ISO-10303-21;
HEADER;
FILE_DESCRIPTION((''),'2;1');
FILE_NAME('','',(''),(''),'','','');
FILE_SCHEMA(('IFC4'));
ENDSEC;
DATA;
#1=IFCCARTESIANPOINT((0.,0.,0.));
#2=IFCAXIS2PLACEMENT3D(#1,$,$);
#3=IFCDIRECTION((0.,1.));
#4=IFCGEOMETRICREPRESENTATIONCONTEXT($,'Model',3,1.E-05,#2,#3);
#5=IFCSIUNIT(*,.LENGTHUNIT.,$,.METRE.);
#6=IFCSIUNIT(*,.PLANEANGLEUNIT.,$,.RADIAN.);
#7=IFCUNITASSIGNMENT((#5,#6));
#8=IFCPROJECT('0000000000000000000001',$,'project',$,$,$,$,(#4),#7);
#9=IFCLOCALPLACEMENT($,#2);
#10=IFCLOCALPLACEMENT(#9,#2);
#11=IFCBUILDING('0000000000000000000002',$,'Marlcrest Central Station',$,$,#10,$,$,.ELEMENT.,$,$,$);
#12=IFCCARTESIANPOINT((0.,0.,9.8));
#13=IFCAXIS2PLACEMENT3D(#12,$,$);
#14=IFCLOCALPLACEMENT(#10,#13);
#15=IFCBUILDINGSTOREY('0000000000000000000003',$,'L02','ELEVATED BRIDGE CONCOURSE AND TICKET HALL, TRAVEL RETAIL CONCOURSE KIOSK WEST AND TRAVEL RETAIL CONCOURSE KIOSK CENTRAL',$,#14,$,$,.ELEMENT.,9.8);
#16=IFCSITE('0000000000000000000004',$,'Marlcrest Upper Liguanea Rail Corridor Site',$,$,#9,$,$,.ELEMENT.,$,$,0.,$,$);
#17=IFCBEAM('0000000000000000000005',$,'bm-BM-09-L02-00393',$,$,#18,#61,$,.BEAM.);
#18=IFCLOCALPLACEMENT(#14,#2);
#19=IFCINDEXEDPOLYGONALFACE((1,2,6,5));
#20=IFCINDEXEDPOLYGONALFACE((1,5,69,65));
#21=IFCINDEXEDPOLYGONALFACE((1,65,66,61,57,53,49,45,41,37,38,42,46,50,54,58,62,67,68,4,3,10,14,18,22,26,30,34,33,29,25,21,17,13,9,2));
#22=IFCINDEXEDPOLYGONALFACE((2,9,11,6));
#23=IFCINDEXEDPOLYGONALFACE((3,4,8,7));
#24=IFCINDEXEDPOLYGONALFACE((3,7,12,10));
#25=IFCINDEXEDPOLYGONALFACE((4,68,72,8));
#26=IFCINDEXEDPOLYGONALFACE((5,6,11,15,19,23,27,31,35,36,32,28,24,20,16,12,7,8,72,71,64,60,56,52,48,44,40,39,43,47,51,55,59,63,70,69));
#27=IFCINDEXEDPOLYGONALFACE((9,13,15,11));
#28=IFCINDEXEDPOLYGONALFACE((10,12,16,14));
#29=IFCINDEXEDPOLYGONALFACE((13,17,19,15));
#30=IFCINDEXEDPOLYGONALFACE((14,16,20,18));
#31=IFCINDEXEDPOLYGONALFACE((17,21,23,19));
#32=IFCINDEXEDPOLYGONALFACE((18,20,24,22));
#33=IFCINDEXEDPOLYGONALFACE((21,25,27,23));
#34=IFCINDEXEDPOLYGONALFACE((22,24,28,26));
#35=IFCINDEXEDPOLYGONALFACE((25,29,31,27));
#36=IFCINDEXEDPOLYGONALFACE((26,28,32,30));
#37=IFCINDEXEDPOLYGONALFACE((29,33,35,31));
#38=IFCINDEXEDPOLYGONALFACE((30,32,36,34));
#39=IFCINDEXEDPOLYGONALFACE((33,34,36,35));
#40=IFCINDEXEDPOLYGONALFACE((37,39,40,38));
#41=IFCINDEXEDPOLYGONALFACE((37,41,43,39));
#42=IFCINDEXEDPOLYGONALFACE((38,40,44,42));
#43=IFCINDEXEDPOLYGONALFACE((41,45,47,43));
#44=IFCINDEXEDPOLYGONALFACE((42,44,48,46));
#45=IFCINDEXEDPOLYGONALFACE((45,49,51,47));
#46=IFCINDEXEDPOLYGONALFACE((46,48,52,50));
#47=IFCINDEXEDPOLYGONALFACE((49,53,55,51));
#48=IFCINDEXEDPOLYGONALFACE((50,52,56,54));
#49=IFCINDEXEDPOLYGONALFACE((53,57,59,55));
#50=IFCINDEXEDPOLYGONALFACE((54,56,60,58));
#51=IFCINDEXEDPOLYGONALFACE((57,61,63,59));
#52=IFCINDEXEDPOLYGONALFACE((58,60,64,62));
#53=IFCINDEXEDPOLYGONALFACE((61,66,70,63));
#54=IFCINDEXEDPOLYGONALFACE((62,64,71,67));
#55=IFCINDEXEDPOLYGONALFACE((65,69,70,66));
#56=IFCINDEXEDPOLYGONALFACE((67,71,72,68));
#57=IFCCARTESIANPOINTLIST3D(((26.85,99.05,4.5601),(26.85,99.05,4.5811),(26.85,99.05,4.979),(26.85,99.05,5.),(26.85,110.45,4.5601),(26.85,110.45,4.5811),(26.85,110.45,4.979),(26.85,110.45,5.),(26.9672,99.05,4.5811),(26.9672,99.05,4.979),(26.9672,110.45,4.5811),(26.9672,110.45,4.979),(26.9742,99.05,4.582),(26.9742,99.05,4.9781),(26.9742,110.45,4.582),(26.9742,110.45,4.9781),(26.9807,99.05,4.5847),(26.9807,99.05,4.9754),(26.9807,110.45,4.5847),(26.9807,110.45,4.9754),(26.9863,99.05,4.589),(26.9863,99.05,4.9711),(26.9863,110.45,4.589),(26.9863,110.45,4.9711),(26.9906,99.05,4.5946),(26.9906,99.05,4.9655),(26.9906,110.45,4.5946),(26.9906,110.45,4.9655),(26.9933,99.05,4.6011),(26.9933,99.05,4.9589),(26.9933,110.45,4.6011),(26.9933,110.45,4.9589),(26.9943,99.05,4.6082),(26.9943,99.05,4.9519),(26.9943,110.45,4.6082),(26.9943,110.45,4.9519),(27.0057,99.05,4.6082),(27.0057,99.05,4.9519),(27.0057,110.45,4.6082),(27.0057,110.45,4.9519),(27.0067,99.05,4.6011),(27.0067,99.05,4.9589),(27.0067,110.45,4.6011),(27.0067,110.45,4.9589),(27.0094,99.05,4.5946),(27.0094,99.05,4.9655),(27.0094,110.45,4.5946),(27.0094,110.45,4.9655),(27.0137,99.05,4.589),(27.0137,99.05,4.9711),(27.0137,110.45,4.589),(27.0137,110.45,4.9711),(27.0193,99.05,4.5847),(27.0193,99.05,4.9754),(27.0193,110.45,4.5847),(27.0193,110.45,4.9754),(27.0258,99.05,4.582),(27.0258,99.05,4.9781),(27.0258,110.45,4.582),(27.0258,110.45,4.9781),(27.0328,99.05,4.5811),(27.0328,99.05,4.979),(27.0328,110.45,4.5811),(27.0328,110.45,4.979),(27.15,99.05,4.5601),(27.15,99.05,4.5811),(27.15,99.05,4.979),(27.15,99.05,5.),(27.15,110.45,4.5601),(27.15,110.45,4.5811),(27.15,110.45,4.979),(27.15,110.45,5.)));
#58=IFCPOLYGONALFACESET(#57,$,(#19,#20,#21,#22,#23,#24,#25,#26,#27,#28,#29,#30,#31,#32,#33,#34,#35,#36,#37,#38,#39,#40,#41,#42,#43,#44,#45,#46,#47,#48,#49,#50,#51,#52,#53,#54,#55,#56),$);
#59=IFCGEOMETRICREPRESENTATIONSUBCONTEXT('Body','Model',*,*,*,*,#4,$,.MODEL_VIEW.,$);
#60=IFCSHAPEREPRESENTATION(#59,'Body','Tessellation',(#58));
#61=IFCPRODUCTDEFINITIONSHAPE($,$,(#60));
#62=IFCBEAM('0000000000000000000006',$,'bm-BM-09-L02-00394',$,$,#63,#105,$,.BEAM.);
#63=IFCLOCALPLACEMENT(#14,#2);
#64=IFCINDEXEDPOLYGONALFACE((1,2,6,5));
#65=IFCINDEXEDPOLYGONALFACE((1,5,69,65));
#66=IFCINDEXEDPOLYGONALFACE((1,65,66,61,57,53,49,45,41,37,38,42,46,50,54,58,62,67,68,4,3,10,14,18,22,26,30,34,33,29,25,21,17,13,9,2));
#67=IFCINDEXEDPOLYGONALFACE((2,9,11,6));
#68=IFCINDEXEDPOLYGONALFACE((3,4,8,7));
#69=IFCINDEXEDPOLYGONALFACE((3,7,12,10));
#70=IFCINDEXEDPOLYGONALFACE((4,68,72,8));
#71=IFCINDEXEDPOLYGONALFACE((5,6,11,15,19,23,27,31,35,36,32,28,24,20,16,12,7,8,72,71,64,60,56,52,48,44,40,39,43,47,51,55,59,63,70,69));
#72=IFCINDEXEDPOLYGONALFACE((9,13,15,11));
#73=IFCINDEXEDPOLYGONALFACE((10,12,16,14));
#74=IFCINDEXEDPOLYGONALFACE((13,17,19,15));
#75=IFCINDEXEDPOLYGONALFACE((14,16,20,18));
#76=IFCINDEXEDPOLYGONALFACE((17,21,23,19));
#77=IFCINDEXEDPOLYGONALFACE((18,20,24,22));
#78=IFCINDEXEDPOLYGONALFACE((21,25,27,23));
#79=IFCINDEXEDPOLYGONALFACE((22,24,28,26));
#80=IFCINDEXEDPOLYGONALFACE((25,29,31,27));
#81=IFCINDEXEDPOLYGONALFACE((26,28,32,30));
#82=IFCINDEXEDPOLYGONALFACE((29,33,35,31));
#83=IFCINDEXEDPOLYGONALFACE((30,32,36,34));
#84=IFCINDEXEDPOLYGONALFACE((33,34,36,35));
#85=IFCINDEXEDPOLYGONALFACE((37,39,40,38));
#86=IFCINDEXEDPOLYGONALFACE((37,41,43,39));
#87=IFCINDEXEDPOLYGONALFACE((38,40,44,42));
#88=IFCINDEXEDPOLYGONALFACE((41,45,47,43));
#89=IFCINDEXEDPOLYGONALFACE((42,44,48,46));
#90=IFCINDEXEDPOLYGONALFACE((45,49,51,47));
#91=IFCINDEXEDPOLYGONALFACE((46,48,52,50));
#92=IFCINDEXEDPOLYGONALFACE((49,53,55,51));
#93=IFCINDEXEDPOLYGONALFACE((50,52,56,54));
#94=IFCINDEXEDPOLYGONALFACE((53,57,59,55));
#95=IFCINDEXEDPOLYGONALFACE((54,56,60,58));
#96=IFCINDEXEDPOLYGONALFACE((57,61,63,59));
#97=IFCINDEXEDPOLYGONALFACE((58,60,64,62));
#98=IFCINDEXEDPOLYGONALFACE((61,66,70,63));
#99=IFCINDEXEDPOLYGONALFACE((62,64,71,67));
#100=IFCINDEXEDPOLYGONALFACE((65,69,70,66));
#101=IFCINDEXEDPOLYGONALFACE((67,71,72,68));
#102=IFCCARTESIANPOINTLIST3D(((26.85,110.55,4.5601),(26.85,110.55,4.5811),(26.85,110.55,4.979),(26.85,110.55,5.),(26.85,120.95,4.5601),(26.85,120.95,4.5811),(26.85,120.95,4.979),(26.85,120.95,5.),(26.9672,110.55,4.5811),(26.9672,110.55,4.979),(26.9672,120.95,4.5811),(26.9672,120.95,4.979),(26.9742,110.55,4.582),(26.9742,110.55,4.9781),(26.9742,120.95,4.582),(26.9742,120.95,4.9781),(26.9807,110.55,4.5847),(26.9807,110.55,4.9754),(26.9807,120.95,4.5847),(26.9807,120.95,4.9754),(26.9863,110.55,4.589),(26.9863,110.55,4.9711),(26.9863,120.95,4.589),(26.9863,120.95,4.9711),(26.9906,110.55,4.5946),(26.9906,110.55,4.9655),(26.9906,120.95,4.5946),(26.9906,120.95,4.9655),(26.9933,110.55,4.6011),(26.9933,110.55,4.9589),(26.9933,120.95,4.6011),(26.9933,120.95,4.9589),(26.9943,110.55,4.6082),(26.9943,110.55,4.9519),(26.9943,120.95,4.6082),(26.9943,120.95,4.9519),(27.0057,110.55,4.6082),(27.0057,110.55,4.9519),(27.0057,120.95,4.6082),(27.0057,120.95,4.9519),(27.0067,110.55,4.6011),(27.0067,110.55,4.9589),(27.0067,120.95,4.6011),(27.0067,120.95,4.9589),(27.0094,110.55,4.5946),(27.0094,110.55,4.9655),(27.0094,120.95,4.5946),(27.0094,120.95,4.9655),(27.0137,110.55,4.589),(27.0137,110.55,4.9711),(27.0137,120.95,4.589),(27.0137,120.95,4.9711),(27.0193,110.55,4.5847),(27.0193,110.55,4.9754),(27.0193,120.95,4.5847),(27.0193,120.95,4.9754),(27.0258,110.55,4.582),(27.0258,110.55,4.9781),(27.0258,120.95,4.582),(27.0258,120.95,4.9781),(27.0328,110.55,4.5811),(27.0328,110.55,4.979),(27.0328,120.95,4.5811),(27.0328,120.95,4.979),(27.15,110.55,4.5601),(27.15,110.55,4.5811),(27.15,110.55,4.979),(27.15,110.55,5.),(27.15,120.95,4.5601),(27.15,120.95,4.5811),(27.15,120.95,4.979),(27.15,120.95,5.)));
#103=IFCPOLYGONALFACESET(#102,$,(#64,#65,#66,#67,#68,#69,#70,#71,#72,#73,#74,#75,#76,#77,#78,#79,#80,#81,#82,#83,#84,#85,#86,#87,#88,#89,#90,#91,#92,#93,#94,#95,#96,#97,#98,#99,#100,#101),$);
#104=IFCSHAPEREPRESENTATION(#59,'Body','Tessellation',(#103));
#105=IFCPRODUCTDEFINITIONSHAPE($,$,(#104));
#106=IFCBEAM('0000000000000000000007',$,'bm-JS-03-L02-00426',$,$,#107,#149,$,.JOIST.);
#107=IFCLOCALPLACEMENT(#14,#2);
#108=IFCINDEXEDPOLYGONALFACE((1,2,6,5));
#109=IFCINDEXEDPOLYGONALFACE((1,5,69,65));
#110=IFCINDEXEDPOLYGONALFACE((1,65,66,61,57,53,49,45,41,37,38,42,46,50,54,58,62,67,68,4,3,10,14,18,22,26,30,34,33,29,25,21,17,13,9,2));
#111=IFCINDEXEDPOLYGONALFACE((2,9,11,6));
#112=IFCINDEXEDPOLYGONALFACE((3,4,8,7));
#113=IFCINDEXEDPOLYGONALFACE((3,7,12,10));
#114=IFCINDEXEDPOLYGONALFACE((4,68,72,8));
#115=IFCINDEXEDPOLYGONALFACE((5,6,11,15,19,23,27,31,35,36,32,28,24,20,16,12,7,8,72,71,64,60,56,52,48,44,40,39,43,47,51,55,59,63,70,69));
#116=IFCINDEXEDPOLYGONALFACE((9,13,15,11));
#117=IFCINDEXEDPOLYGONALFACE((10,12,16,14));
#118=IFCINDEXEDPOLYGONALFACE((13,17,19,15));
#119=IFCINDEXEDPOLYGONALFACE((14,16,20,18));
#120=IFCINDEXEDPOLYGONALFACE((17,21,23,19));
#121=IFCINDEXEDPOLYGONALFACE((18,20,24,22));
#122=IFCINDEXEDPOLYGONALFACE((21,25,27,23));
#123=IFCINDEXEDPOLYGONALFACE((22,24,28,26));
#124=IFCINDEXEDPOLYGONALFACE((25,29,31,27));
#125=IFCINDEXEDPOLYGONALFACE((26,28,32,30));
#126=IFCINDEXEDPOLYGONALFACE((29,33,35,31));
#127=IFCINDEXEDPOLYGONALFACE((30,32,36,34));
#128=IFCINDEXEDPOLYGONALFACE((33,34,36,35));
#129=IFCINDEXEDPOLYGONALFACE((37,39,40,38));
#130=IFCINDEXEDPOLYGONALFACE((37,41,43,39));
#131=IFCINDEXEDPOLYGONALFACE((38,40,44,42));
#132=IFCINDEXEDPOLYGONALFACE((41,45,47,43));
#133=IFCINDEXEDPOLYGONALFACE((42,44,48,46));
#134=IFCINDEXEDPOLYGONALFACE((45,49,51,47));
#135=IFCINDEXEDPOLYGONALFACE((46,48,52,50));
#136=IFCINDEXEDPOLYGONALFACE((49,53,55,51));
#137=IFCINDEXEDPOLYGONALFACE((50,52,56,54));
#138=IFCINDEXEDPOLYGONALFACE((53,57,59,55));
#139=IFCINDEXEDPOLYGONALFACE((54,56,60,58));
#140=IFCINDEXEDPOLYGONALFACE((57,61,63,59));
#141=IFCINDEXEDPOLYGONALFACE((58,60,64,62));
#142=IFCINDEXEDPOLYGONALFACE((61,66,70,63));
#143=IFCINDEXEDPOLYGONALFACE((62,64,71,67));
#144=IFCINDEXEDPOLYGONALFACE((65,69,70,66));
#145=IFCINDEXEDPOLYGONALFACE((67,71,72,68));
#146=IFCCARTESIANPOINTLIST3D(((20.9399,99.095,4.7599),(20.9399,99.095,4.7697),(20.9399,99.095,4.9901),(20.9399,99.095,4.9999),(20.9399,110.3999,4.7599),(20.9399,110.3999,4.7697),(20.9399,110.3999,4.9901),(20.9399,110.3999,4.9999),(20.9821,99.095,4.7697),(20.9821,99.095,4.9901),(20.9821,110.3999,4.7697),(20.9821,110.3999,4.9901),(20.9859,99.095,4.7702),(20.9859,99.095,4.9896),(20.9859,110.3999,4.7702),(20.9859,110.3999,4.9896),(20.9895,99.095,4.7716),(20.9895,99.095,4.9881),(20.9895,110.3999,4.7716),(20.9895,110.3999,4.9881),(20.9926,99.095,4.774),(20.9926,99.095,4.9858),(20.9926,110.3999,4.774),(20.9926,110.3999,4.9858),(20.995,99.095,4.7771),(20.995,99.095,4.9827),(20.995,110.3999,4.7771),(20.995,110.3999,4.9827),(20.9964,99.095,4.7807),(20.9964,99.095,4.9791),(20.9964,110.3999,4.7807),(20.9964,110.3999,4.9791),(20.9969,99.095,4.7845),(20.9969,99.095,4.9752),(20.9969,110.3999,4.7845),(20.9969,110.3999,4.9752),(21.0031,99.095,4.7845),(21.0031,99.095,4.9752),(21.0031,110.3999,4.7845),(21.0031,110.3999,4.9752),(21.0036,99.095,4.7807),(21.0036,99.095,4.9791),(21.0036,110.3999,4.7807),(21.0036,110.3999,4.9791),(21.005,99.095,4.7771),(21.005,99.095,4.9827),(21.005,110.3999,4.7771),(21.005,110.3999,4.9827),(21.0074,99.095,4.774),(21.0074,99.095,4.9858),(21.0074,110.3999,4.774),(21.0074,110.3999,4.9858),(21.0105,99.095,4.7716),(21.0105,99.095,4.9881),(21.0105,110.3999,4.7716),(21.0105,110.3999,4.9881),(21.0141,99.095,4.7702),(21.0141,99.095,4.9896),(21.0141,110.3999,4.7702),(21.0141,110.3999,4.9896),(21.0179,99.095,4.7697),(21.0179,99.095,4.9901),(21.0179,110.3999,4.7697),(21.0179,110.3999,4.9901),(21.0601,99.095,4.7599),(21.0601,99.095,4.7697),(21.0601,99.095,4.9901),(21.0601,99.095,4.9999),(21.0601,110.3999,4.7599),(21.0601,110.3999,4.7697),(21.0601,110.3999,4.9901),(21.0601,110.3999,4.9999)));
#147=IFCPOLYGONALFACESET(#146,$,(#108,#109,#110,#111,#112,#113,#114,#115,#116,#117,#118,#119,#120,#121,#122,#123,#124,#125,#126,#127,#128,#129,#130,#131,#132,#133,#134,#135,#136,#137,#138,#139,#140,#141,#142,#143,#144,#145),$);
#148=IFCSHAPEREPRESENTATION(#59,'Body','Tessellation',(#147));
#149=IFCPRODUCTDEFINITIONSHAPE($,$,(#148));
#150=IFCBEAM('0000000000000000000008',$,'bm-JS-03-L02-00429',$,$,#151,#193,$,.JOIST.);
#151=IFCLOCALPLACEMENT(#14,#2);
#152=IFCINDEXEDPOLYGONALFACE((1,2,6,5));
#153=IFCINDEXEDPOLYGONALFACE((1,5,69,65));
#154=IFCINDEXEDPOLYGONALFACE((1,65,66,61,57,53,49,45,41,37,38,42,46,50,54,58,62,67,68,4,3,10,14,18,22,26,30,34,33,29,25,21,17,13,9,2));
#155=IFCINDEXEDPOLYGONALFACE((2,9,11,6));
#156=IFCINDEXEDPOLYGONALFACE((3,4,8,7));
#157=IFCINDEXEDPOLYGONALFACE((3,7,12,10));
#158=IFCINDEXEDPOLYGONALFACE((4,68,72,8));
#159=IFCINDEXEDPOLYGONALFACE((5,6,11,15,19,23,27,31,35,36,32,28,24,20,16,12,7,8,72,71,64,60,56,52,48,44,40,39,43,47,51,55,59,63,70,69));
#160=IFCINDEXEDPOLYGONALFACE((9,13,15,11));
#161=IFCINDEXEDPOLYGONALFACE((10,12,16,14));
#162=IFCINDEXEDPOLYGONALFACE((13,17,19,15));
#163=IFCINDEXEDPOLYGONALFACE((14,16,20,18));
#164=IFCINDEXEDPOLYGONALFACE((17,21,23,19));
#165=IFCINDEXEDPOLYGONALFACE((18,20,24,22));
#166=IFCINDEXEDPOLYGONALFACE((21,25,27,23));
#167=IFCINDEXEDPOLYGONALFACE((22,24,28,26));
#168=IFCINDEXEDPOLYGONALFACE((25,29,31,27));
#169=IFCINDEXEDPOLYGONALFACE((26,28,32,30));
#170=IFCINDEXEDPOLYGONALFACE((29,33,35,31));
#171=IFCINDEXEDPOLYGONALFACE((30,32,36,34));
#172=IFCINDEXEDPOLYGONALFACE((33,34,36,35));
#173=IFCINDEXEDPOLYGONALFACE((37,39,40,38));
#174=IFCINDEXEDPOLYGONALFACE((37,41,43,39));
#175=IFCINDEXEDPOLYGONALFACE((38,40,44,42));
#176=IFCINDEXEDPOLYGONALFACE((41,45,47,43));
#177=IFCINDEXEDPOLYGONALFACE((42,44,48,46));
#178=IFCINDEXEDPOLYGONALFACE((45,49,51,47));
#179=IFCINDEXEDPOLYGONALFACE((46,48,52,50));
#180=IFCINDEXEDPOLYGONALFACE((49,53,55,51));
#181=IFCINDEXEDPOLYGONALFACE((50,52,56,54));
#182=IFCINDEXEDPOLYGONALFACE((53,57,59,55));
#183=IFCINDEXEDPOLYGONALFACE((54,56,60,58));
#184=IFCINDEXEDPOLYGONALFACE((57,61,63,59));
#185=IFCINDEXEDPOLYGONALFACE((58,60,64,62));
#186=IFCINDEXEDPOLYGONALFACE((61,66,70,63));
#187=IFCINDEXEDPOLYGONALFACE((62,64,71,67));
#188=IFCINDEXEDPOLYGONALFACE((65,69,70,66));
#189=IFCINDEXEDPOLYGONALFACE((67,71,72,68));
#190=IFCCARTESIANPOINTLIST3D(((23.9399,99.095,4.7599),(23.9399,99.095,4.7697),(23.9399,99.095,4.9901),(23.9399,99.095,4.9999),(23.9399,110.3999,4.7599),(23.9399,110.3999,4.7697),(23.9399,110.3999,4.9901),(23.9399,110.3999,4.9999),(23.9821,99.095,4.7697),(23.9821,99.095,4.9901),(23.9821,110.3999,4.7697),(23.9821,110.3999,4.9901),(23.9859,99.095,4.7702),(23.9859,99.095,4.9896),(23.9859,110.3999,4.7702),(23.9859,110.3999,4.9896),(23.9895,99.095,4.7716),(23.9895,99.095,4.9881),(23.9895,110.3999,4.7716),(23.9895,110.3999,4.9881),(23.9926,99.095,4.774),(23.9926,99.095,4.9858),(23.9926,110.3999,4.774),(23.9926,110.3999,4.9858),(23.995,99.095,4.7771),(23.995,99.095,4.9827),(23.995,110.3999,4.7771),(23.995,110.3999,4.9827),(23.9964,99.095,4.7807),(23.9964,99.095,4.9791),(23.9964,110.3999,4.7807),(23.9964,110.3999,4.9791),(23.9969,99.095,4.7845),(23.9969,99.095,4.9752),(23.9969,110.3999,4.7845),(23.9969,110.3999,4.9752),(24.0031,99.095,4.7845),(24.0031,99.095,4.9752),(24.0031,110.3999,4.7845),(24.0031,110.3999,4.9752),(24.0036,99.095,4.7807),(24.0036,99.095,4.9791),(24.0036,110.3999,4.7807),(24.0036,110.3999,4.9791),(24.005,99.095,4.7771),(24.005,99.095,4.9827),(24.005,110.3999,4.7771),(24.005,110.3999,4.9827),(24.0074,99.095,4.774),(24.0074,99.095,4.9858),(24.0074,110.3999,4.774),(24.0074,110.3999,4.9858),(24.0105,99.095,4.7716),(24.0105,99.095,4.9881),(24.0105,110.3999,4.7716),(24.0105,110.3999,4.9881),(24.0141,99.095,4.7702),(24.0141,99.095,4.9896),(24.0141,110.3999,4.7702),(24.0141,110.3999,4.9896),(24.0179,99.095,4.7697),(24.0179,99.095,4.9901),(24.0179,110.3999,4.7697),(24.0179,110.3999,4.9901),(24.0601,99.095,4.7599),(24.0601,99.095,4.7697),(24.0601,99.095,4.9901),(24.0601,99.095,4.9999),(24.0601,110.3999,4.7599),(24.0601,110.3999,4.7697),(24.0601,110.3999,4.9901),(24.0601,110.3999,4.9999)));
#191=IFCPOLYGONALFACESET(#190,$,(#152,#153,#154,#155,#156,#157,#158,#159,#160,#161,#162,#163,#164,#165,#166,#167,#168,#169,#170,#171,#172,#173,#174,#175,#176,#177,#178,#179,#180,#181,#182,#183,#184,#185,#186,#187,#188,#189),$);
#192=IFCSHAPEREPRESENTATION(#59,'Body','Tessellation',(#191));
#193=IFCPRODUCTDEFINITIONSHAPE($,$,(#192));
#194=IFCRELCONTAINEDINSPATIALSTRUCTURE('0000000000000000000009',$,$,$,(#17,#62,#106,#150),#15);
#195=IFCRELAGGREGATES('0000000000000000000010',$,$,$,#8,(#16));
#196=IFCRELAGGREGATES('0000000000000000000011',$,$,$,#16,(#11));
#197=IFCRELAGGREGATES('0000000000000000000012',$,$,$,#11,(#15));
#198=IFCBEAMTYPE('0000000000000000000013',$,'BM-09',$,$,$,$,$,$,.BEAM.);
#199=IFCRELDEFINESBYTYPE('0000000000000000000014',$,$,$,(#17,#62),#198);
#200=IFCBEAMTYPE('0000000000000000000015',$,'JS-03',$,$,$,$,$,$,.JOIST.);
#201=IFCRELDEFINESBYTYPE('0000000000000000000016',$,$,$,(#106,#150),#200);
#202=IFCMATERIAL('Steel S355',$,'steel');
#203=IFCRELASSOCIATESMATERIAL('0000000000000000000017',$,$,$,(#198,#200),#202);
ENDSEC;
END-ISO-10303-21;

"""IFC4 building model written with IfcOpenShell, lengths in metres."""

from ifc_helpers import new_model, si_unit, direction, frame, origin, origin_2d, place, context, subcontext, project, spatial, i_section, extrude, material, material_profile, profile_set, type_object, element, save


model = new_model("IFC4")

# Units and contexts
model_context = context("Model", 3, precision=1e-05, world=origin(), true_north=direction((0.0, 1.0)))
body_context = subcontext(model_context, "Body", "Model", "MODEL_VIEW")
ifc_project = project(units=[si_unit("LENGTHUNIT", "METRE"), si_unit("PLANEANGLEUNIT", "RADIAN")], contexts=[model_context])

# Site, building, storey
site_placement = place(None, origin())
site = spatial("IfcSite", under=ifc_project, at=site_placement, Name="Marlcrest Upper Liguanea Rail Corridor Site", CompositionType="ELEMENT", RefElevation=0.0)
building_placement = place(site_placement, origin())
building = spatial("IfcBuilding", under=site, at=building_placement, Name="Marlcrest Central Station", CompositionType="ELEMENT")
storey_placement = place(building_placement, frame((0.0, 0.0, 9.8)))
storey = spatial("IfcBuildingStorey", under=building, at=storey_placement, Name="L02", Description="ELEVATED BRIDGE CONCOURSE AND TICKET HALL, TRAVEL RETAIL CONCOURSE KIOSK WEST AND TRAVEL RETAIL CONCOURSE KIOSK CENTRAL", CompositionType="ELEMENT", Elevation=9.8)

# Shared definitions
ifc_material_1 = material(Name="Steel S355", Category="steel")

# Beams
ifc_material_profile_1 = material_profile(ifc_material_1, i_section(OverallWidth=0.3, OverallDepth=0.4399, WebThickness=0.0115, FlangeThickness=0.021, FilletRadius=0.0271, at=origin_2d()), Name="HEA 450")
ifc_profile_set_1 = profile_set([ifc_material_profile_1], Name="Steel S355")
beam_type_1 = type_object("IfcBeamType", Name="BM-09", PredefinedType="BEAM", material=ifc_profile_set_1)
beam_1_placement = place(storey_placement, frame((27.0, 99.05, 4.78), z_axis=(0.0, 1.0, 0.0), x_axis=(-1.0, 0.0, 0.0)))
element("IfcBeam", 1, at=beam_1_placement, inside=storey, type_object=beam_type_1, Name="bm-BM-09-L02-00393", PredefinedType="BEAM", context=body_context, shape_type="SweptSolid", body=[
    extrude(i_section(OverallWidth=0.3, OverallDepth=0.4399, WebThickness=0.0115, FlangeThickness=0.021, FilletRadius=0.0271, at=origin_2d()), origin(), (0.0, 0.0, 1.0), 11.3999),
])
beam_2_placement = place(storey_placement, frame((27.0, 110.55, 4.78), z_axis=(0.0, 1.0, 0.0), x_axis=(-1.0, 0.0, 0.0)))
element("IfcBeam", 2, at=beam_2_placement, inside=storey, type_object=beam_type_1, Name="bm-BM-09-L02-00394", PredefinedType="BEAM", context=body_context, shape_type="SweptSolid", body=[
    extrude(i_section(OverallWidth=0.3, OverallDepth=0.4399, WebThickness=0.0115, FlangeThickness=0.021, FilletRadius=0.0271, at=origin_2d()), origin(), (0.0, 0.0, 1.0), 10.3999),
])
ifc_material_profile_2 = material_profile(ifc_material_1, i_section(OverallWidth=0.1201, OverallDepth=0.24, WebThickness=0.0061, FlangeThickness=0.0098, FilletRadius=0.0149, at=origin_2d()), Name="IPE 240")
ifc_profile_set_2 = profile_set([ifc_material_profile_2], Name="Steel S355")
beam_type_2 = type_object("IfcBeamType", Name="JS-03", PredefinedType="JOIST", material=ifc_profile_set_2)
for number, where, z_axis, x_axis, name in (
    (3, (21.0, 99.095, 4.8799), (0.0, 1.0, 0.0), (-1.0, 0.0, 0.0), "bm-JS-03-L02-00426"),
    (4, (24.0, 99.095, 4.8799), (0.0, 1.0, 0.0), (-1.0, 0.0, 0.0), "bm-JS-03-L02-00429"),
):
    element("IfcBeam", number, at=place(storey_placement, frame(where, z_axis=z_axis, x_axis=x_axis)), inside=storey, type_object=beam_type_2, Name=name, PredefinedType="JOIST", context=body_context, shape_type="SweptSolid", body=[
        extrude(i_section(OverallWidth=0.1201, OverallDepth=0.24, WebThickness=0.0061, FlangeThickness=0.0098, FilletRadius=0.0149, at=origin_2d()), origin(), (0.0, 0.0, 1.0), 11.3049),
    ])

save(model, "model.ifc")
